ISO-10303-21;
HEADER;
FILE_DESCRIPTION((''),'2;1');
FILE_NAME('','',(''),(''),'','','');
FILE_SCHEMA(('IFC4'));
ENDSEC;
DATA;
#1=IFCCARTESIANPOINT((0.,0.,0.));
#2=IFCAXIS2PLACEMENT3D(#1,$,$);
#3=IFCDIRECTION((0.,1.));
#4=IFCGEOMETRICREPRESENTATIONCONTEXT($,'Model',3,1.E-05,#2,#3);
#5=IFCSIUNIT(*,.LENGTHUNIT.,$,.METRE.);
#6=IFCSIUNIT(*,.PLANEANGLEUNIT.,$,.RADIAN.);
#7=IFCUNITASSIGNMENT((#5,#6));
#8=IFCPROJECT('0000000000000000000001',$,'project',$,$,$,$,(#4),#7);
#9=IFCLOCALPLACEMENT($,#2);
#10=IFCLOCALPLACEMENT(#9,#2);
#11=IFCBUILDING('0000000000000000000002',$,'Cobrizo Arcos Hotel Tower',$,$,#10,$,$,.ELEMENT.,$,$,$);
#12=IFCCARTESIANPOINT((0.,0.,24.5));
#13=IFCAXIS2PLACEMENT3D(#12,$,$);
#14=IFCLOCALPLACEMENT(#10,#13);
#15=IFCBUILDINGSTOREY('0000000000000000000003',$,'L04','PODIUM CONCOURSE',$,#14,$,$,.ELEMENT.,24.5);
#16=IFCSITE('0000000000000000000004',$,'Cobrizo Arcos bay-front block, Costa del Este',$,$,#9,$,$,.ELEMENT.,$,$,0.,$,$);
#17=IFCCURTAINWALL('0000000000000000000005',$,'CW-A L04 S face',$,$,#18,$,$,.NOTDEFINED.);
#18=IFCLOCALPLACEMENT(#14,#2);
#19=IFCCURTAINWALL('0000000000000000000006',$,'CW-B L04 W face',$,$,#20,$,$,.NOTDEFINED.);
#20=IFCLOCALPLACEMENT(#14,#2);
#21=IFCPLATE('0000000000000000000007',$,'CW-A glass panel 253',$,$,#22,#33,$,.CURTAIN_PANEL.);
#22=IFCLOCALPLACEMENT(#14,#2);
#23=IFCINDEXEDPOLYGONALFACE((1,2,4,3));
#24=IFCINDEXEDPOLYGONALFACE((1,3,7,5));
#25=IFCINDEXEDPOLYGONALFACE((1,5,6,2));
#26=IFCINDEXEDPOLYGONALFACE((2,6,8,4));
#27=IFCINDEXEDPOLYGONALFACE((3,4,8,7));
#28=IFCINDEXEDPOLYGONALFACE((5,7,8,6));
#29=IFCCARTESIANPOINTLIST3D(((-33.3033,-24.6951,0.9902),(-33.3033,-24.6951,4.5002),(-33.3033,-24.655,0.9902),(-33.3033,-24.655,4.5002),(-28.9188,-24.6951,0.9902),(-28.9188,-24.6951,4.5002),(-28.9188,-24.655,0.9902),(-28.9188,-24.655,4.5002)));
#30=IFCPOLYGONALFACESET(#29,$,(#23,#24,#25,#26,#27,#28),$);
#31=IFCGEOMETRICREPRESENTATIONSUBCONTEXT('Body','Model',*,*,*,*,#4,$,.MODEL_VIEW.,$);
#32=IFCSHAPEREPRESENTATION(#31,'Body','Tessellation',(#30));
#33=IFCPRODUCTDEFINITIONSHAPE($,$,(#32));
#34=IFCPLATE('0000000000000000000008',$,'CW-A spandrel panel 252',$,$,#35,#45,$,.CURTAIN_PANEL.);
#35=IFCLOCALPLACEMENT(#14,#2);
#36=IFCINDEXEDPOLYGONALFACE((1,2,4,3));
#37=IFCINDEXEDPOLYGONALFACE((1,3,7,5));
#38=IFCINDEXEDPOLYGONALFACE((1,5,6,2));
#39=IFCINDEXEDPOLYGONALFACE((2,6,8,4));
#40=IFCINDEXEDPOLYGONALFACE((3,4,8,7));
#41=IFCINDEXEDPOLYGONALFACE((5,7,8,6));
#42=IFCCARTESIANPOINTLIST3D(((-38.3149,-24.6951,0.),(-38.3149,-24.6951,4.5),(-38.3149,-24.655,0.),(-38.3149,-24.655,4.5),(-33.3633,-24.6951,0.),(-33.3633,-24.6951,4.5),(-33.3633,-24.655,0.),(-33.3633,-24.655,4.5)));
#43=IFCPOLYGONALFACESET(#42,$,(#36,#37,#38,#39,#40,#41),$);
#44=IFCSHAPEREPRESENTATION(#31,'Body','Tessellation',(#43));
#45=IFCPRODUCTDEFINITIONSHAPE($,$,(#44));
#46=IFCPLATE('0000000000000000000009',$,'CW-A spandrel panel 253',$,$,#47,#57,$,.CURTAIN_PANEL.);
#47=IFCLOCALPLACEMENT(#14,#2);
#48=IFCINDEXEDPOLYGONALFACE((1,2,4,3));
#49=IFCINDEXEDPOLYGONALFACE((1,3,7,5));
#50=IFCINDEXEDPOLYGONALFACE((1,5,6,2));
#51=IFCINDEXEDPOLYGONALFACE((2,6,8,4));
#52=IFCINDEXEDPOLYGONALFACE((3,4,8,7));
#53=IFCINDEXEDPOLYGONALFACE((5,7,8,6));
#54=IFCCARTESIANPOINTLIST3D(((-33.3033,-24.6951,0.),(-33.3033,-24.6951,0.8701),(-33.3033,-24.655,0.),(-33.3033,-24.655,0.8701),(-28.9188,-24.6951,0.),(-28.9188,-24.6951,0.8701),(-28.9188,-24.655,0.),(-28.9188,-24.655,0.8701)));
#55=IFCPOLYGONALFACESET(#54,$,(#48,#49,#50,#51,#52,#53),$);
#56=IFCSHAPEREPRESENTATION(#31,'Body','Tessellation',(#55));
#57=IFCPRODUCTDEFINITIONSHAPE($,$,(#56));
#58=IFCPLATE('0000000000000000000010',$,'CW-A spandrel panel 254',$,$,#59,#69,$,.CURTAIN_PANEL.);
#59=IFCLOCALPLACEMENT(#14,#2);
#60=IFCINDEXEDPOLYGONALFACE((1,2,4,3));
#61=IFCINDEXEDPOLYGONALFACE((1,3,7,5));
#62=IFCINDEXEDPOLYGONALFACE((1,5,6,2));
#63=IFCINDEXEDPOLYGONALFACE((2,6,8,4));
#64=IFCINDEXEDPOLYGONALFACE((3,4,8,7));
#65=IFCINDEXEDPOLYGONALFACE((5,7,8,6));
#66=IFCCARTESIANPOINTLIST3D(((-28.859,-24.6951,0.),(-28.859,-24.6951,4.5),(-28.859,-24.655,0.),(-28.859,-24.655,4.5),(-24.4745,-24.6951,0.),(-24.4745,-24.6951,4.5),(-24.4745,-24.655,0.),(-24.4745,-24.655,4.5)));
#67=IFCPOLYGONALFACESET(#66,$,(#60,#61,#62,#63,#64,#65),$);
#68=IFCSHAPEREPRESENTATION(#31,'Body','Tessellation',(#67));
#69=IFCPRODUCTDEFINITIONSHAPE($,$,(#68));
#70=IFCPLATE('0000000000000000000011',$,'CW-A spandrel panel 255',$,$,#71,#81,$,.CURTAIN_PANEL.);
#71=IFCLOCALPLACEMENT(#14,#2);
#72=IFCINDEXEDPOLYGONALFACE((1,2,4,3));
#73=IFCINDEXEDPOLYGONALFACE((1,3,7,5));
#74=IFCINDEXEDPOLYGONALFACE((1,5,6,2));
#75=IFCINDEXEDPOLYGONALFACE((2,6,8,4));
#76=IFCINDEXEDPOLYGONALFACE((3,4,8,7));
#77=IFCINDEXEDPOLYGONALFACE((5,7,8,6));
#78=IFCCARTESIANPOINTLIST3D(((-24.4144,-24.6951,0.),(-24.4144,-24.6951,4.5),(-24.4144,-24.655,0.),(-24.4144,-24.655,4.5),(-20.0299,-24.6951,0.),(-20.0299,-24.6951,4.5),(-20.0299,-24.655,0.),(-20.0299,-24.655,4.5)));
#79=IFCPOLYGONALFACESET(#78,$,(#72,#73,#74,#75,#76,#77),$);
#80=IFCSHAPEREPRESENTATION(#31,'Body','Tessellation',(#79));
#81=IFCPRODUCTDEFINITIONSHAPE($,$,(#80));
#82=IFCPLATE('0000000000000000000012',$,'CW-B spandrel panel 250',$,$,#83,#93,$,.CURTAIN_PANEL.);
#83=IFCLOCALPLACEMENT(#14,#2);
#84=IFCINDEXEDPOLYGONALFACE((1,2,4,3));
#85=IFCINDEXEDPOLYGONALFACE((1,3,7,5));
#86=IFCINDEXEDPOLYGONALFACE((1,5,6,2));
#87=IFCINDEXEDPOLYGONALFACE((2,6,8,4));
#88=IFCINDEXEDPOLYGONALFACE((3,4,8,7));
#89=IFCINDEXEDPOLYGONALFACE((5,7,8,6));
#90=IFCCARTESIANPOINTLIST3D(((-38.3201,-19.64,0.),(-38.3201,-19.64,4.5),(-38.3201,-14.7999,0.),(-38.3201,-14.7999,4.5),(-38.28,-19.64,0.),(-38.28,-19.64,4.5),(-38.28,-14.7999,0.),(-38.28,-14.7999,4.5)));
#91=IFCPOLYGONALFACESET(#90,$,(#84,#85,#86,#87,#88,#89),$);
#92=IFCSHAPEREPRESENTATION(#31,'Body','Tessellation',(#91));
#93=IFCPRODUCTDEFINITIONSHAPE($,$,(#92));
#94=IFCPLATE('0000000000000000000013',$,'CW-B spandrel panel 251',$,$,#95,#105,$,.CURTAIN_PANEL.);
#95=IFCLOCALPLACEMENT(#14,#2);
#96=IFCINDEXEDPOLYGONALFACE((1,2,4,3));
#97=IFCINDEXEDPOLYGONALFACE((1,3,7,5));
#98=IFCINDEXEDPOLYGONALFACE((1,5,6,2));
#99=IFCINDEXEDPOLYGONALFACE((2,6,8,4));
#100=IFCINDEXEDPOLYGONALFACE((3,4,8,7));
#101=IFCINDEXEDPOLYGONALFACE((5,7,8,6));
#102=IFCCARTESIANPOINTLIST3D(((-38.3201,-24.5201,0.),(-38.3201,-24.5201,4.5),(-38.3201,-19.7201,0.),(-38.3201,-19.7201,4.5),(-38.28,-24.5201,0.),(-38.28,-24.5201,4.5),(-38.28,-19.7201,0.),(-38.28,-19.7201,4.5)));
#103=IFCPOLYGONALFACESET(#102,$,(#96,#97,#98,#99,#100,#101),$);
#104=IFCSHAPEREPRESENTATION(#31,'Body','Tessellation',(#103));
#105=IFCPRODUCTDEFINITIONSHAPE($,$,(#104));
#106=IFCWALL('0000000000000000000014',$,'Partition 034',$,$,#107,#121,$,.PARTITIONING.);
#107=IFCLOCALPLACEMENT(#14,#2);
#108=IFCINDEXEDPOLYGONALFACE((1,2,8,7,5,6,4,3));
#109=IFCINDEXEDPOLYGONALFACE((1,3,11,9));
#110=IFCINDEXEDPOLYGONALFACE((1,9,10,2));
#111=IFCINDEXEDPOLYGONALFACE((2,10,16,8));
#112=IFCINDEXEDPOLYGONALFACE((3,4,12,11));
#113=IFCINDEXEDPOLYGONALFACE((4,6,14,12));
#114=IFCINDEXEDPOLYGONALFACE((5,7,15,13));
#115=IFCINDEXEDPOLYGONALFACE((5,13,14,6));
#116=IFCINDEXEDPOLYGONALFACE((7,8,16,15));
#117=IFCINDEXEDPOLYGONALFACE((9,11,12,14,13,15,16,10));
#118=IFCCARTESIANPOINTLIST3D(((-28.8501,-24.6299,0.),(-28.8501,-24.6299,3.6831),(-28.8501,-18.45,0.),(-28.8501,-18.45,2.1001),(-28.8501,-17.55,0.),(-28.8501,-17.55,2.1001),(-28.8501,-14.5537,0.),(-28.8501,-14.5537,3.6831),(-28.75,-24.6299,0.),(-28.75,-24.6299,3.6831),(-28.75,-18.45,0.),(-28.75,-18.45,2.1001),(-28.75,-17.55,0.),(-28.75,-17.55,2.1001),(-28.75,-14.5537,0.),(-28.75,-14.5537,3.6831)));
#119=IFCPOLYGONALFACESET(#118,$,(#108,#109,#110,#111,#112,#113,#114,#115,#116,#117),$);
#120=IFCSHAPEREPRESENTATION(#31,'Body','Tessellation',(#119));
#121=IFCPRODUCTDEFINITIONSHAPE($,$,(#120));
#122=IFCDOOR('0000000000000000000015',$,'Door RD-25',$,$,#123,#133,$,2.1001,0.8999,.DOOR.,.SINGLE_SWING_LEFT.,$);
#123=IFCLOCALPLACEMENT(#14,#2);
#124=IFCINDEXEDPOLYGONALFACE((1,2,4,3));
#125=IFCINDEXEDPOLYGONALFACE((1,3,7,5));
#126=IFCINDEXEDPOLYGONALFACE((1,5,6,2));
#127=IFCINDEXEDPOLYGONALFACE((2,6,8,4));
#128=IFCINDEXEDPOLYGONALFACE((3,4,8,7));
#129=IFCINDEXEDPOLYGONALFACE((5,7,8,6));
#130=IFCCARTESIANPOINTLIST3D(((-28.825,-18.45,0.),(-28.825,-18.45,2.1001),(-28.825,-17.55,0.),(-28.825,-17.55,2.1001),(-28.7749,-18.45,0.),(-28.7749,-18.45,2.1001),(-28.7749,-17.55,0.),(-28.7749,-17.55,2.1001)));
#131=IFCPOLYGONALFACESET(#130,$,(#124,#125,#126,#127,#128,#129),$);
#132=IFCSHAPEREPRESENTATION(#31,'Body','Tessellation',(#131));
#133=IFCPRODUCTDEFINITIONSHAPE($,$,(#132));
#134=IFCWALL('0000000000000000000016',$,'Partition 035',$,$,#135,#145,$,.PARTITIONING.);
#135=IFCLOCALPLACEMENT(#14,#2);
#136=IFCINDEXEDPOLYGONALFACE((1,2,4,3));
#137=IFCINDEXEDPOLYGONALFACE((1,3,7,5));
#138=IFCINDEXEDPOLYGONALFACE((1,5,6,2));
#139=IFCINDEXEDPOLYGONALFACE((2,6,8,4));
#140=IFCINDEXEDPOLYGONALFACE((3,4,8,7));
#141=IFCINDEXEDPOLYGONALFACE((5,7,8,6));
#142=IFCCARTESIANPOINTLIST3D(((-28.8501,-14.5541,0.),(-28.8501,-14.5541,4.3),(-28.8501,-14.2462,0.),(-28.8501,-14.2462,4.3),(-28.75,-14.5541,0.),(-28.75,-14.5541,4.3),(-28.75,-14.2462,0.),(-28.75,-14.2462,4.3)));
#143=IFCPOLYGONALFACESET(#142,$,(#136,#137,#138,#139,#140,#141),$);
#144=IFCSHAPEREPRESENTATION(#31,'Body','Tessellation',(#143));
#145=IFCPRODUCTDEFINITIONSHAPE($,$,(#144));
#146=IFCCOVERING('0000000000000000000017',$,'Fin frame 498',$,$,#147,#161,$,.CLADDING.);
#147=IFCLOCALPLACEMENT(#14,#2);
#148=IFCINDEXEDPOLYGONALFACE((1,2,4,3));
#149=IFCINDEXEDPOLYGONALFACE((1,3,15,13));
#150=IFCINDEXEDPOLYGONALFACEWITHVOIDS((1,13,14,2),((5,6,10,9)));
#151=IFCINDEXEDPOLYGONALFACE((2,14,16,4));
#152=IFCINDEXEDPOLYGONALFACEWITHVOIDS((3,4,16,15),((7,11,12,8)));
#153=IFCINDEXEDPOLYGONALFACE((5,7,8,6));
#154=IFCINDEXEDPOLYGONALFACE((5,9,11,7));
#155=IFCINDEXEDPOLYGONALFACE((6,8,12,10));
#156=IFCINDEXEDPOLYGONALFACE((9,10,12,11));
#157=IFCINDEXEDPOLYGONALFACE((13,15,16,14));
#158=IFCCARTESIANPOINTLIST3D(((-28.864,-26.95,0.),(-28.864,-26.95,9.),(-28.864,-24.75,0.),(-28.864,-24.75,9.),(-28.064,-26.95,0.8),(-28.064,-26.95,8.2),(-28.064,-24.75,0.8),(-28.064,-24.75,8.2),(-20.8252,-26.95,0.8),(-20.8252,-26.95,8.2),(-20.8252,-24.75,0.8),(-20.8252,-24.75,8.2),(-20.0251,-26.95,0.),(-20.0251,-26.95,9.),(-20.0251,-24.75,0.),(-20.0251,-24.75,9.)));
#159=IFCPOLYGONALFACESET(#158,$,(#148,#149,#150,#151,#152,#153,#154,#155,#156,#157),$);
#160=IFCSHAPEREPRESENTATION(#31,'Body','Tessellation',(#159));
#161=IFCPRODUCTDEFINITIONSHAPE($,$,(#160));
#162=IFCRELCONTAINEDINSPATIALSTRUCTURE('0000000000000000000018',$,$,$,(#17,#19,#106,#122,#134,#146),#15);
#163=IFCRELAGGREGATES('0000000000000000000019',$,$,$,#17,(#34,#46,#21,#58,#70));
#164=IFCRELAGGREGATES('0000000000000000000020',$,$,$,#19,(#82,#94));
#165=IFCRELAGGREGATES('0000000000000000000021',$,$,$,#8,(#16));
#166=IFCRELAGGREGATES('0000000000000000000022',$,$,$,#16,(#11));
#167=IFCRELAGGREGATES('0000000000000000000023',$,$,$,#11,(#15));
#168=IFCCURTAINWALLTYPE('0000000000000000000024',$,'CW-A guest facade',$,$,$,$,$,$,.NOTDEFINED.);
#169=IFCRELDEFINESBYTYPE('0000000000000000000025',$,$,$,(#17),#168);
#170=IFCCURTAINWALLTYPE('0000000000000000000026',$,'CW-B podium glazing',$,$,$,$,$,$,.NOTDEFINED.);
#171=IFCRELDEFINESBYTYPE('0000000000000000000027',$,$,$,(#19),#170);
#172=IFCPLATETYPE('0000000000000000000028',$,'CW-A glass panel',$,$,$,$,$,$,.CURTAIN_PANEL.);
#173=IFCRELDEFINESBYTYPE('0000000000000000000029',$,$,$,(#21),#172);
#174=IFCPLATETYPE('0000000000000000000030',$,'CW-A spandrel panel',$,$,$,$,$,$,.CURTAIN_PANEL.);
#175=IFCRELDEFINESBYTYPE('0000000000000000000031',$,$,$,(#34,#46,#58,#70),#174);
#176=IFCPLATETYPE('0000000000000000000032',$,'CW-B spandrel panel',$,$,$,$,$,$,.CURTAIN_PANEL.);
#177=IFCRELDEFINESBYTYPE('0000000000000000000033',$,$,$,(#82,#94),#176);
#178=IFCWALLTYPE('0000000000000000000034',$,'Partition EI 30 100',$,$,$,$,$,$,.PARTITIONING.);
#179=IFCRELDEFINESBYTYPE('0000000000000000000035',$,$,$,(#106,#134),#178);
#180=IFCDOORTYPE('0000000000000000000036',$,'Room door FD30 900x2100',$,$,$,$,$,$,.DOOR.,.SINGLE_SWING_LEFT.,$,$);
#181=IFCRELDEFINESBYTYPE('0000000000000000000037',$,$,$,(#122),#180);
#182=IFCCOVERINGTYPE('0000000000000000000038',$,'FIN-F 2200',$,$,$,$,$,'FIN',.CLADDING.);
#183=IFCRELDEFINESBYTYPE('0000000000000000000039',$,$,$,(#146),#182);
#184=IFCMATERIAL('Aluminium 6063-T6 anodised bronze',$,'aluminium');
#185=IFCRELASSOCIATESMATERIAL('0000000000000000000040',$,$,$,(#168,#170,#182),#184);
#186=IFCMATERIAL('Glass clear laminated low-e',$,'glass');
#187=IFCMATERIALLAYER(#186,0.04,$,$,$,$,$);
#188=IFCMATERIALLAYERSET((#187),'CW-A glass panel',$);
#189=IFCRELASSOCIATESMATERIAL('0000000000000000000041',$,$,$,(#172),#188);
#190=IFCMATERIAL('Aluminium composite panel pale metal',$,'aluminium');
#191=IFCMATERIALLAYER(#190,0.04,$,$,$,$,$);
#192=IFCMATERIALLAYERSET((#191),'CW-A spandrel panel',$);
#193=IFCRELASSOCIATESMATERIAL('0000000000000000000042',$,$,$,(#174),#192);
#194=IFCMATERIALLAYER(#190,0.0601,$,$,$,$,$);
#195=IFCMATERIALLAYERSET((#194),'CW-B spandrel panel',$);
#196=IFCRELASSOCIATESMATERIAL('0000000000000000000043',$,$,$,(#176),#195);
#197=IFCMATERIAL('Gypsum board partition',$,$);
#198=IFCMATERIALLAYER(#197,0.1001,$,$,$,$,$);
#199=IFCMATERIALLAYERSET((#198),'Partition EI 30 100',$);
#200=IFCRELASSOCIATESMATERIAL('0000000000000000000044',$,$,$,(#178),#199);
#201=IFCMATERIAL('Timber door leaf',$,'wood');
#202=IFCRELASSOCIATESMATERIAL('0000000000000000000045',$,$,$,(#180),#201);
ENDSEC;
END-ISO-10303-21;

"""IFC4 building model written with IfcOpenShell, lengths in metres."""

from ifc_helpers import new_model, si_unit, direction, frame, frame_2d, origin, origin_2d, place, context, subcontext, project, spatial, polyline, rectangle, outline, extrude, material, layer, layer_set, type_object, element, fill, aggregate, save


model = new_model("IFC4")

# Units and contexts
model_context = context("Model", 3, precision=1e-05, world=origin(), true_north=direction((0.0, 1.0)))
body_context = subcontext(model_context, "Body", "Model", "MODEL_VIEW")
ifc_project = project(units=[si_unit("LENGTHUNIT", "METRE"), si_unit("PLANEANGLEUNIT", "RADIAN")], contexts=[model_context])

# Site, building, storey
site_placement = place(None, origin())
site = spatial("IfcSite", under=ifc_project, at=site_placement, Name="Cobrizo Arcos bay-front block, Costa del Este", CompositionType="ELEMENT", RefElevation=0.0)
building_placement = place(site_placement, origin())
building = spatial("IfcBuilding", under=site, at=building_placement, Name="Cobrizo Arcos Hotel Tower", CompositionType="ELEMENT")
storey_placement = place(building_placement, frame((0.0, 0.0, 24.5)))
storey = spatial("IfcBuildingStorey", under=building, at=storey_placement, Name="L04", Description="PODIUM CONCOURSE", CompositionType="ELEMENT", Elevation=24.5)

# Curtain walls
ifc_material_1 = material(Name="Aluminium 6063-T6 anodised bronze", Category="aluminium")
curtain_wall_type_1 = type_object("IfcCurtainWallType", Name="CW-A guest facade", PredefinedType="NOTDEFINED", material=ifc_material_1)
curtain_wall_1_placement = place(storey_placement, origin())
curtain_wall_1 = element("IfcCurtainWall", 1, at=curtain_wall_1_placement, inside=storey, type_object=curtain_wall_type_1, Name="CW-A L04 S face", PredefinedType="NOTDEFINED")
curtain_wall_type_2 = type_object("IfcCurtainWallType", Name="CW-B podium glazing", PredefinedType="NOTDEFINED", material=ifc_material_1)
curtain_wall_2_placement = place(storey_placement, origin())
curtain_wall_2 = element("IfcCurtainWall", 2, at=curtain_wall_2_placement, inside=storey, type_object=curtain_wall_type_2, Name="CW-B L04 W face", PredefinedType="NOTDEFINED")

# Plates
ifc_material_2 = material(Name="Glass clear laminated low-e", Category="glass")
ifc_layer_1 = layer(ifc_material_2, 0.04)
ifc_layer_set_1 = layer_set([ifc_layer_1], Name="CW-A glass panel")
plate_type_1 = type_object("IfcPlateType", Name="CW-A glass panel", PredefinedType="CURTAIN_PANEL", material=ifc_layer_set_1)
plate_1_placement = place(storey_placement, frame((-31.1111, -24.675, 0.9902), z_axis=(0.0, 0.0, 1.0), x_axis=(1.0, 0.0, 0.0)))
plate_1 = element("IfcPlate", 3, at=plate_1_placement, type_object=plate_type_1, Name="CW-A glass panel 253", PredefinedType="CURTAIN_PANEL", context=body_context, shape_type="SweptSolid", body=[
    extrude(rectangle(XDim=4.3845, YDim=0.04, at=origin_2d()), origin(), (0.0, 0.0, 1.0), 3.51),
])
ifc_material_3 = material(Name="Aluminium composite panel pale metal", Category="aluminium")
ifc_layer_2 = layer(ifc_material_3, 0.04)
ifc_layer_set_2 = layer_set([ifc_layer_2], Name="CW-A spandrel panel")
plate_type_2 = type_object("IfcPlateType", Name="CW-A spandrel panel", PredefinedType="CURTAIN_PANEL", material=ifc_layer_set_2)
plate_2_placement = place(storey_placement, frame((-35.8391, -24.675, 0.0), z_axis=(0.0, 0.0, 1.0), x_axis=(1.0, 0.0, 0.0)))
plate_2 = element("IfcPlate", 4, at=plate_2_placement, type_object=plate_type_2, Name="CW-A spandrel panel 252", PredefinedType="CURTAIN_PANEL", context=body_context, shape_type="SweptSolid", body=[
    extrude(rectangle(XDim=4.9517, YDim=0.04, at=origin_2d()), origin(), (0.0, 0.0, 1.0), 4.5),
])
plate_3_placement = place(storey_placement, frame((-31.1111, -24.675, 0.0), z_axis=(0.0, 0.0, 1.0), x_axis=(1.0, 0.0, 0.0)))
plate_3 = element("IfcPlate", 5, at=plate_3_placement, type_object=plate_type_2, Name="CW-A spandrel panel 253", PredefinedType="CURTAIN_PANEL", context=body_context, shape_type="SweptSolid", body=[
    extrude(rectangle(XDim=4.3845, YDim=0.04, at=origin_2d()), origin(), (0.0, 0.0, 1.0), 0.8701),
])
plate_4_placement = place(storey_placement, frame((-26.6667, -24.675, 0.0), z_axis=(0.0, 0.0, 1.0), x_axis=(1.0, 0.0, 0.0)))
plate_4 = element("IfcPlate", 6, at=plate_4_placement, type_object=plate_type_2, Name="CW-A spandrel panel 254", PredefinedType="CURTAIN_PANEL", context=body_context, shape_type="SweptSolid", body=[
    extrude(rectangle(XDim=4.3845, YDim=0.04, at=origin_2d()), origin(), (0.0, 0.0, 1.0), 4.5),
])
plate_5_placement = place(storey_placement, frame((-22.2222, -24.675, 0.0), z_axis=(0.0, 0.0, 1.0), x_axis=(1.0, 0.0, 0.0)))
plate_5 = element("IfcPlate", 7, at=plate_5_placement, type_object=plate_type_2, Name="CW-A spandrel panel 255", PredefinedType="CURTAIN_PANEL", context=body_context, shape_type="SweptSolid", body=[
    extrude(rectangle(XDim=4.3845, YDim=0.04, at=origin_2d()), origin(), (0.0, 0.0, 1.0), 4.5),
])
aggregate(curtain_wall_1, [plate_2, plate_3, plate_1, plate_4, plate_5])
ifc_layer_3 = layer(ifc_material_3, 0.0601)
ifc_layer_set_3 = layer_set([ifc_layer_3], Name="CW-B spandrel panel")
plate_type_3 = type_object("IfcPlateType", Name="CW-B spandrel panel", PredefinedType="CURTAIN_PANEL", material=ifc_layer_set_3)
plate_6_placement = place(storey_placement, frame((-38.3, -17.22, 0.0), z_axis=(0.0, 0.0, 1.0), x_axis=(0.0, -1.0, 0.0)))
plate_6 = element("IfcPlate", 8, at=plate_6_placement, type_object=plate_type_3, Name="CW-B spandrel panel 250", PredefinedType="CURTAIN_PANEL", context=body_context, shape_type="SweptSolid", body=[
    extrude(rectangle(XDim=4.8401, YDim=0.04, at=origin_2d()), origin(), (0.0, 0.0, 1.0), 4.5),
])
plate_7_placement = place(storey_placement, frame((-38.3, -22.1201, 0.0), z_axis=(0.0, 0.0, 1.0), x_axis=(0.0, -1.0, 0.0)))
plate_7 = element("IfcPlate", 9, at=plate_7_placement, type_object=plate_type_3, Name="CW-B spandrel panel 251", PredefinedType="CURTAIN_PANEL", context=body_context, shape_type="SweptSolid", body=[
    extrude(rectangle(XDim=4.8, YDim=0.04, at=origin_2d()), origin(), (0.0, 0.0, 1.0), 4.5),
])
aggregate(curtain_wall_2, [plate_6, plate_7])

# Wall, opening, door
ifc_material_4 = material(Name="Gypsum board partition")
ifc_layer_4 = layer(ifc_material_4, 0.1001)
ifc_layer_set_4 = layer_set([ifc_layer_4], Name="Partition EI 30 100")
wall_type = type_object("IfcWallType", Name="Partition EI 30 100", PredefinedType="PARTITIONING", material=ifc_layer_set_4)
wall_1_placement = place(storey_placement, frame((-28.8, -24.6299, 0.0), z_axis=(0.0, 0.0, 1.0), x_axis=(0.0, 1.0, 0.0)))
wall_1 = element("IfcWall", 10, at=wall_1_placement, inside=storey, type_object=wall_type, Name="Partition 034", PredefinedType="PARTITIONING", context=body_context, shape_type="SweptSolid", body=[
    extrude(rectangle(XDim=10.0762, YDim=0.1001, at=frame_2d((5.0381, 0.0))), origin(), (0.0, 0.0, 1.0), 3.6831),
])
opening_placement = place(wall_1_placement, frame((6.1799, 0.0, 0.0)))
opening = element("IfcOpeningElement", 11, at=opening_placement, cuts=wall_1, PredefinedType="OPENING", context=body_context, shape_type="SweptSolid", body=[
    extrude(rectangle(XDim=0.8999, YDim=2.1001, at=frame_2d((0.45, 1.05))), frame((0.0, 0.062, 0.0), z_axis=(0.0, -1.0, 0.0), x_axis=(1.0, 0.0, 0.0)), (0.0, 0.0, 1.0), 0.124),
])
ifc_material_5 = material(Name="Timber door leaf", Category="wood")
door_type = type_object("IfcDoorType", Name="Room door FD30 900x2100", OperationType="SINGLE_SWING_LEFT", PredefinedType="DOOR", material=ifc_material_5)
door_placement = place(opening_placement, origin())
door = element("IfcDoor", 12, at=door_placement, inside=storey, type_object=door_type, Name="Door RD-25", OperationType="SINGLE_SWING_LEFT", OverallHeight=2.1001, OverallWidth=0.8999, PredefinedType="DOOR", context=body_context, shape_type="SweptSolid", body=[
    extrude(rectangle(XDim=0.8999, YDim=2.1001, at=frame_2d((0.45, 1.05))), frame((0.0, 0.0249, 0.0), z_axis=(0.0, -1.0, 0.0), x_axis=(1.0, 0.0, 0.0)), (0.0, 0.0, 1.0), 0.05),
])
fill(opening, door)

# Wall
wall_2_placement = place(storey_placement, frame((-28.8, -14.554, 0.0), z_axis=(0.0, 0.0, 1.0), x_axis=(0.0, 1.0, 0.0)))
element("IfcWall", 13, at=wall_2_placement, inside=storey, type_object=wall_type, Name="Partition 035", PredefinedType="PARTITIONING", context=body_context, shape_type="SweptSolid", body=[
    extrude(rectangle(XDim=0.3079, YDim=0.1001, at=frame_2d((0.1538, 0.0))), origin(), (0.0, 0.0, 1.0), 4.3),
])

# Covering
covering_type = type_object("IfcCoveringType", Name="FIN-F 2200", ElementType="FIN", PredefinedType="CLADDING", material=ifc_material_1)
covering_placement = place(storey_placement, frame((-28.864, -24.75, 0.0), z_axis=(0.0, -1.0, 0.0), x_axis=(1.0, 0.0, 0.0)))
element("IfcCovering", 14, at=covering_placement, inside=storey, type_object=covering_type, Name="Fin frame 498", PredefinedType="CLADDING", context=body_context, shape_type="SweptSolid", body=[
    extrude(outline(polyline([(0.0, 9.0), (0.0, 0.0), (8.8389, 0.0), (8.8389, 9.0), (0.0, 9.0)]), holes=[polyline([(8.0388, 0.8), (0.8, 0.8), (0.8, 8.2), (8.0388, 8.2), (8.0388, 0.8)])]), origin(), (0.0, 0.0, 1.0), 2.2),
])

save(model, "model.ifc")
